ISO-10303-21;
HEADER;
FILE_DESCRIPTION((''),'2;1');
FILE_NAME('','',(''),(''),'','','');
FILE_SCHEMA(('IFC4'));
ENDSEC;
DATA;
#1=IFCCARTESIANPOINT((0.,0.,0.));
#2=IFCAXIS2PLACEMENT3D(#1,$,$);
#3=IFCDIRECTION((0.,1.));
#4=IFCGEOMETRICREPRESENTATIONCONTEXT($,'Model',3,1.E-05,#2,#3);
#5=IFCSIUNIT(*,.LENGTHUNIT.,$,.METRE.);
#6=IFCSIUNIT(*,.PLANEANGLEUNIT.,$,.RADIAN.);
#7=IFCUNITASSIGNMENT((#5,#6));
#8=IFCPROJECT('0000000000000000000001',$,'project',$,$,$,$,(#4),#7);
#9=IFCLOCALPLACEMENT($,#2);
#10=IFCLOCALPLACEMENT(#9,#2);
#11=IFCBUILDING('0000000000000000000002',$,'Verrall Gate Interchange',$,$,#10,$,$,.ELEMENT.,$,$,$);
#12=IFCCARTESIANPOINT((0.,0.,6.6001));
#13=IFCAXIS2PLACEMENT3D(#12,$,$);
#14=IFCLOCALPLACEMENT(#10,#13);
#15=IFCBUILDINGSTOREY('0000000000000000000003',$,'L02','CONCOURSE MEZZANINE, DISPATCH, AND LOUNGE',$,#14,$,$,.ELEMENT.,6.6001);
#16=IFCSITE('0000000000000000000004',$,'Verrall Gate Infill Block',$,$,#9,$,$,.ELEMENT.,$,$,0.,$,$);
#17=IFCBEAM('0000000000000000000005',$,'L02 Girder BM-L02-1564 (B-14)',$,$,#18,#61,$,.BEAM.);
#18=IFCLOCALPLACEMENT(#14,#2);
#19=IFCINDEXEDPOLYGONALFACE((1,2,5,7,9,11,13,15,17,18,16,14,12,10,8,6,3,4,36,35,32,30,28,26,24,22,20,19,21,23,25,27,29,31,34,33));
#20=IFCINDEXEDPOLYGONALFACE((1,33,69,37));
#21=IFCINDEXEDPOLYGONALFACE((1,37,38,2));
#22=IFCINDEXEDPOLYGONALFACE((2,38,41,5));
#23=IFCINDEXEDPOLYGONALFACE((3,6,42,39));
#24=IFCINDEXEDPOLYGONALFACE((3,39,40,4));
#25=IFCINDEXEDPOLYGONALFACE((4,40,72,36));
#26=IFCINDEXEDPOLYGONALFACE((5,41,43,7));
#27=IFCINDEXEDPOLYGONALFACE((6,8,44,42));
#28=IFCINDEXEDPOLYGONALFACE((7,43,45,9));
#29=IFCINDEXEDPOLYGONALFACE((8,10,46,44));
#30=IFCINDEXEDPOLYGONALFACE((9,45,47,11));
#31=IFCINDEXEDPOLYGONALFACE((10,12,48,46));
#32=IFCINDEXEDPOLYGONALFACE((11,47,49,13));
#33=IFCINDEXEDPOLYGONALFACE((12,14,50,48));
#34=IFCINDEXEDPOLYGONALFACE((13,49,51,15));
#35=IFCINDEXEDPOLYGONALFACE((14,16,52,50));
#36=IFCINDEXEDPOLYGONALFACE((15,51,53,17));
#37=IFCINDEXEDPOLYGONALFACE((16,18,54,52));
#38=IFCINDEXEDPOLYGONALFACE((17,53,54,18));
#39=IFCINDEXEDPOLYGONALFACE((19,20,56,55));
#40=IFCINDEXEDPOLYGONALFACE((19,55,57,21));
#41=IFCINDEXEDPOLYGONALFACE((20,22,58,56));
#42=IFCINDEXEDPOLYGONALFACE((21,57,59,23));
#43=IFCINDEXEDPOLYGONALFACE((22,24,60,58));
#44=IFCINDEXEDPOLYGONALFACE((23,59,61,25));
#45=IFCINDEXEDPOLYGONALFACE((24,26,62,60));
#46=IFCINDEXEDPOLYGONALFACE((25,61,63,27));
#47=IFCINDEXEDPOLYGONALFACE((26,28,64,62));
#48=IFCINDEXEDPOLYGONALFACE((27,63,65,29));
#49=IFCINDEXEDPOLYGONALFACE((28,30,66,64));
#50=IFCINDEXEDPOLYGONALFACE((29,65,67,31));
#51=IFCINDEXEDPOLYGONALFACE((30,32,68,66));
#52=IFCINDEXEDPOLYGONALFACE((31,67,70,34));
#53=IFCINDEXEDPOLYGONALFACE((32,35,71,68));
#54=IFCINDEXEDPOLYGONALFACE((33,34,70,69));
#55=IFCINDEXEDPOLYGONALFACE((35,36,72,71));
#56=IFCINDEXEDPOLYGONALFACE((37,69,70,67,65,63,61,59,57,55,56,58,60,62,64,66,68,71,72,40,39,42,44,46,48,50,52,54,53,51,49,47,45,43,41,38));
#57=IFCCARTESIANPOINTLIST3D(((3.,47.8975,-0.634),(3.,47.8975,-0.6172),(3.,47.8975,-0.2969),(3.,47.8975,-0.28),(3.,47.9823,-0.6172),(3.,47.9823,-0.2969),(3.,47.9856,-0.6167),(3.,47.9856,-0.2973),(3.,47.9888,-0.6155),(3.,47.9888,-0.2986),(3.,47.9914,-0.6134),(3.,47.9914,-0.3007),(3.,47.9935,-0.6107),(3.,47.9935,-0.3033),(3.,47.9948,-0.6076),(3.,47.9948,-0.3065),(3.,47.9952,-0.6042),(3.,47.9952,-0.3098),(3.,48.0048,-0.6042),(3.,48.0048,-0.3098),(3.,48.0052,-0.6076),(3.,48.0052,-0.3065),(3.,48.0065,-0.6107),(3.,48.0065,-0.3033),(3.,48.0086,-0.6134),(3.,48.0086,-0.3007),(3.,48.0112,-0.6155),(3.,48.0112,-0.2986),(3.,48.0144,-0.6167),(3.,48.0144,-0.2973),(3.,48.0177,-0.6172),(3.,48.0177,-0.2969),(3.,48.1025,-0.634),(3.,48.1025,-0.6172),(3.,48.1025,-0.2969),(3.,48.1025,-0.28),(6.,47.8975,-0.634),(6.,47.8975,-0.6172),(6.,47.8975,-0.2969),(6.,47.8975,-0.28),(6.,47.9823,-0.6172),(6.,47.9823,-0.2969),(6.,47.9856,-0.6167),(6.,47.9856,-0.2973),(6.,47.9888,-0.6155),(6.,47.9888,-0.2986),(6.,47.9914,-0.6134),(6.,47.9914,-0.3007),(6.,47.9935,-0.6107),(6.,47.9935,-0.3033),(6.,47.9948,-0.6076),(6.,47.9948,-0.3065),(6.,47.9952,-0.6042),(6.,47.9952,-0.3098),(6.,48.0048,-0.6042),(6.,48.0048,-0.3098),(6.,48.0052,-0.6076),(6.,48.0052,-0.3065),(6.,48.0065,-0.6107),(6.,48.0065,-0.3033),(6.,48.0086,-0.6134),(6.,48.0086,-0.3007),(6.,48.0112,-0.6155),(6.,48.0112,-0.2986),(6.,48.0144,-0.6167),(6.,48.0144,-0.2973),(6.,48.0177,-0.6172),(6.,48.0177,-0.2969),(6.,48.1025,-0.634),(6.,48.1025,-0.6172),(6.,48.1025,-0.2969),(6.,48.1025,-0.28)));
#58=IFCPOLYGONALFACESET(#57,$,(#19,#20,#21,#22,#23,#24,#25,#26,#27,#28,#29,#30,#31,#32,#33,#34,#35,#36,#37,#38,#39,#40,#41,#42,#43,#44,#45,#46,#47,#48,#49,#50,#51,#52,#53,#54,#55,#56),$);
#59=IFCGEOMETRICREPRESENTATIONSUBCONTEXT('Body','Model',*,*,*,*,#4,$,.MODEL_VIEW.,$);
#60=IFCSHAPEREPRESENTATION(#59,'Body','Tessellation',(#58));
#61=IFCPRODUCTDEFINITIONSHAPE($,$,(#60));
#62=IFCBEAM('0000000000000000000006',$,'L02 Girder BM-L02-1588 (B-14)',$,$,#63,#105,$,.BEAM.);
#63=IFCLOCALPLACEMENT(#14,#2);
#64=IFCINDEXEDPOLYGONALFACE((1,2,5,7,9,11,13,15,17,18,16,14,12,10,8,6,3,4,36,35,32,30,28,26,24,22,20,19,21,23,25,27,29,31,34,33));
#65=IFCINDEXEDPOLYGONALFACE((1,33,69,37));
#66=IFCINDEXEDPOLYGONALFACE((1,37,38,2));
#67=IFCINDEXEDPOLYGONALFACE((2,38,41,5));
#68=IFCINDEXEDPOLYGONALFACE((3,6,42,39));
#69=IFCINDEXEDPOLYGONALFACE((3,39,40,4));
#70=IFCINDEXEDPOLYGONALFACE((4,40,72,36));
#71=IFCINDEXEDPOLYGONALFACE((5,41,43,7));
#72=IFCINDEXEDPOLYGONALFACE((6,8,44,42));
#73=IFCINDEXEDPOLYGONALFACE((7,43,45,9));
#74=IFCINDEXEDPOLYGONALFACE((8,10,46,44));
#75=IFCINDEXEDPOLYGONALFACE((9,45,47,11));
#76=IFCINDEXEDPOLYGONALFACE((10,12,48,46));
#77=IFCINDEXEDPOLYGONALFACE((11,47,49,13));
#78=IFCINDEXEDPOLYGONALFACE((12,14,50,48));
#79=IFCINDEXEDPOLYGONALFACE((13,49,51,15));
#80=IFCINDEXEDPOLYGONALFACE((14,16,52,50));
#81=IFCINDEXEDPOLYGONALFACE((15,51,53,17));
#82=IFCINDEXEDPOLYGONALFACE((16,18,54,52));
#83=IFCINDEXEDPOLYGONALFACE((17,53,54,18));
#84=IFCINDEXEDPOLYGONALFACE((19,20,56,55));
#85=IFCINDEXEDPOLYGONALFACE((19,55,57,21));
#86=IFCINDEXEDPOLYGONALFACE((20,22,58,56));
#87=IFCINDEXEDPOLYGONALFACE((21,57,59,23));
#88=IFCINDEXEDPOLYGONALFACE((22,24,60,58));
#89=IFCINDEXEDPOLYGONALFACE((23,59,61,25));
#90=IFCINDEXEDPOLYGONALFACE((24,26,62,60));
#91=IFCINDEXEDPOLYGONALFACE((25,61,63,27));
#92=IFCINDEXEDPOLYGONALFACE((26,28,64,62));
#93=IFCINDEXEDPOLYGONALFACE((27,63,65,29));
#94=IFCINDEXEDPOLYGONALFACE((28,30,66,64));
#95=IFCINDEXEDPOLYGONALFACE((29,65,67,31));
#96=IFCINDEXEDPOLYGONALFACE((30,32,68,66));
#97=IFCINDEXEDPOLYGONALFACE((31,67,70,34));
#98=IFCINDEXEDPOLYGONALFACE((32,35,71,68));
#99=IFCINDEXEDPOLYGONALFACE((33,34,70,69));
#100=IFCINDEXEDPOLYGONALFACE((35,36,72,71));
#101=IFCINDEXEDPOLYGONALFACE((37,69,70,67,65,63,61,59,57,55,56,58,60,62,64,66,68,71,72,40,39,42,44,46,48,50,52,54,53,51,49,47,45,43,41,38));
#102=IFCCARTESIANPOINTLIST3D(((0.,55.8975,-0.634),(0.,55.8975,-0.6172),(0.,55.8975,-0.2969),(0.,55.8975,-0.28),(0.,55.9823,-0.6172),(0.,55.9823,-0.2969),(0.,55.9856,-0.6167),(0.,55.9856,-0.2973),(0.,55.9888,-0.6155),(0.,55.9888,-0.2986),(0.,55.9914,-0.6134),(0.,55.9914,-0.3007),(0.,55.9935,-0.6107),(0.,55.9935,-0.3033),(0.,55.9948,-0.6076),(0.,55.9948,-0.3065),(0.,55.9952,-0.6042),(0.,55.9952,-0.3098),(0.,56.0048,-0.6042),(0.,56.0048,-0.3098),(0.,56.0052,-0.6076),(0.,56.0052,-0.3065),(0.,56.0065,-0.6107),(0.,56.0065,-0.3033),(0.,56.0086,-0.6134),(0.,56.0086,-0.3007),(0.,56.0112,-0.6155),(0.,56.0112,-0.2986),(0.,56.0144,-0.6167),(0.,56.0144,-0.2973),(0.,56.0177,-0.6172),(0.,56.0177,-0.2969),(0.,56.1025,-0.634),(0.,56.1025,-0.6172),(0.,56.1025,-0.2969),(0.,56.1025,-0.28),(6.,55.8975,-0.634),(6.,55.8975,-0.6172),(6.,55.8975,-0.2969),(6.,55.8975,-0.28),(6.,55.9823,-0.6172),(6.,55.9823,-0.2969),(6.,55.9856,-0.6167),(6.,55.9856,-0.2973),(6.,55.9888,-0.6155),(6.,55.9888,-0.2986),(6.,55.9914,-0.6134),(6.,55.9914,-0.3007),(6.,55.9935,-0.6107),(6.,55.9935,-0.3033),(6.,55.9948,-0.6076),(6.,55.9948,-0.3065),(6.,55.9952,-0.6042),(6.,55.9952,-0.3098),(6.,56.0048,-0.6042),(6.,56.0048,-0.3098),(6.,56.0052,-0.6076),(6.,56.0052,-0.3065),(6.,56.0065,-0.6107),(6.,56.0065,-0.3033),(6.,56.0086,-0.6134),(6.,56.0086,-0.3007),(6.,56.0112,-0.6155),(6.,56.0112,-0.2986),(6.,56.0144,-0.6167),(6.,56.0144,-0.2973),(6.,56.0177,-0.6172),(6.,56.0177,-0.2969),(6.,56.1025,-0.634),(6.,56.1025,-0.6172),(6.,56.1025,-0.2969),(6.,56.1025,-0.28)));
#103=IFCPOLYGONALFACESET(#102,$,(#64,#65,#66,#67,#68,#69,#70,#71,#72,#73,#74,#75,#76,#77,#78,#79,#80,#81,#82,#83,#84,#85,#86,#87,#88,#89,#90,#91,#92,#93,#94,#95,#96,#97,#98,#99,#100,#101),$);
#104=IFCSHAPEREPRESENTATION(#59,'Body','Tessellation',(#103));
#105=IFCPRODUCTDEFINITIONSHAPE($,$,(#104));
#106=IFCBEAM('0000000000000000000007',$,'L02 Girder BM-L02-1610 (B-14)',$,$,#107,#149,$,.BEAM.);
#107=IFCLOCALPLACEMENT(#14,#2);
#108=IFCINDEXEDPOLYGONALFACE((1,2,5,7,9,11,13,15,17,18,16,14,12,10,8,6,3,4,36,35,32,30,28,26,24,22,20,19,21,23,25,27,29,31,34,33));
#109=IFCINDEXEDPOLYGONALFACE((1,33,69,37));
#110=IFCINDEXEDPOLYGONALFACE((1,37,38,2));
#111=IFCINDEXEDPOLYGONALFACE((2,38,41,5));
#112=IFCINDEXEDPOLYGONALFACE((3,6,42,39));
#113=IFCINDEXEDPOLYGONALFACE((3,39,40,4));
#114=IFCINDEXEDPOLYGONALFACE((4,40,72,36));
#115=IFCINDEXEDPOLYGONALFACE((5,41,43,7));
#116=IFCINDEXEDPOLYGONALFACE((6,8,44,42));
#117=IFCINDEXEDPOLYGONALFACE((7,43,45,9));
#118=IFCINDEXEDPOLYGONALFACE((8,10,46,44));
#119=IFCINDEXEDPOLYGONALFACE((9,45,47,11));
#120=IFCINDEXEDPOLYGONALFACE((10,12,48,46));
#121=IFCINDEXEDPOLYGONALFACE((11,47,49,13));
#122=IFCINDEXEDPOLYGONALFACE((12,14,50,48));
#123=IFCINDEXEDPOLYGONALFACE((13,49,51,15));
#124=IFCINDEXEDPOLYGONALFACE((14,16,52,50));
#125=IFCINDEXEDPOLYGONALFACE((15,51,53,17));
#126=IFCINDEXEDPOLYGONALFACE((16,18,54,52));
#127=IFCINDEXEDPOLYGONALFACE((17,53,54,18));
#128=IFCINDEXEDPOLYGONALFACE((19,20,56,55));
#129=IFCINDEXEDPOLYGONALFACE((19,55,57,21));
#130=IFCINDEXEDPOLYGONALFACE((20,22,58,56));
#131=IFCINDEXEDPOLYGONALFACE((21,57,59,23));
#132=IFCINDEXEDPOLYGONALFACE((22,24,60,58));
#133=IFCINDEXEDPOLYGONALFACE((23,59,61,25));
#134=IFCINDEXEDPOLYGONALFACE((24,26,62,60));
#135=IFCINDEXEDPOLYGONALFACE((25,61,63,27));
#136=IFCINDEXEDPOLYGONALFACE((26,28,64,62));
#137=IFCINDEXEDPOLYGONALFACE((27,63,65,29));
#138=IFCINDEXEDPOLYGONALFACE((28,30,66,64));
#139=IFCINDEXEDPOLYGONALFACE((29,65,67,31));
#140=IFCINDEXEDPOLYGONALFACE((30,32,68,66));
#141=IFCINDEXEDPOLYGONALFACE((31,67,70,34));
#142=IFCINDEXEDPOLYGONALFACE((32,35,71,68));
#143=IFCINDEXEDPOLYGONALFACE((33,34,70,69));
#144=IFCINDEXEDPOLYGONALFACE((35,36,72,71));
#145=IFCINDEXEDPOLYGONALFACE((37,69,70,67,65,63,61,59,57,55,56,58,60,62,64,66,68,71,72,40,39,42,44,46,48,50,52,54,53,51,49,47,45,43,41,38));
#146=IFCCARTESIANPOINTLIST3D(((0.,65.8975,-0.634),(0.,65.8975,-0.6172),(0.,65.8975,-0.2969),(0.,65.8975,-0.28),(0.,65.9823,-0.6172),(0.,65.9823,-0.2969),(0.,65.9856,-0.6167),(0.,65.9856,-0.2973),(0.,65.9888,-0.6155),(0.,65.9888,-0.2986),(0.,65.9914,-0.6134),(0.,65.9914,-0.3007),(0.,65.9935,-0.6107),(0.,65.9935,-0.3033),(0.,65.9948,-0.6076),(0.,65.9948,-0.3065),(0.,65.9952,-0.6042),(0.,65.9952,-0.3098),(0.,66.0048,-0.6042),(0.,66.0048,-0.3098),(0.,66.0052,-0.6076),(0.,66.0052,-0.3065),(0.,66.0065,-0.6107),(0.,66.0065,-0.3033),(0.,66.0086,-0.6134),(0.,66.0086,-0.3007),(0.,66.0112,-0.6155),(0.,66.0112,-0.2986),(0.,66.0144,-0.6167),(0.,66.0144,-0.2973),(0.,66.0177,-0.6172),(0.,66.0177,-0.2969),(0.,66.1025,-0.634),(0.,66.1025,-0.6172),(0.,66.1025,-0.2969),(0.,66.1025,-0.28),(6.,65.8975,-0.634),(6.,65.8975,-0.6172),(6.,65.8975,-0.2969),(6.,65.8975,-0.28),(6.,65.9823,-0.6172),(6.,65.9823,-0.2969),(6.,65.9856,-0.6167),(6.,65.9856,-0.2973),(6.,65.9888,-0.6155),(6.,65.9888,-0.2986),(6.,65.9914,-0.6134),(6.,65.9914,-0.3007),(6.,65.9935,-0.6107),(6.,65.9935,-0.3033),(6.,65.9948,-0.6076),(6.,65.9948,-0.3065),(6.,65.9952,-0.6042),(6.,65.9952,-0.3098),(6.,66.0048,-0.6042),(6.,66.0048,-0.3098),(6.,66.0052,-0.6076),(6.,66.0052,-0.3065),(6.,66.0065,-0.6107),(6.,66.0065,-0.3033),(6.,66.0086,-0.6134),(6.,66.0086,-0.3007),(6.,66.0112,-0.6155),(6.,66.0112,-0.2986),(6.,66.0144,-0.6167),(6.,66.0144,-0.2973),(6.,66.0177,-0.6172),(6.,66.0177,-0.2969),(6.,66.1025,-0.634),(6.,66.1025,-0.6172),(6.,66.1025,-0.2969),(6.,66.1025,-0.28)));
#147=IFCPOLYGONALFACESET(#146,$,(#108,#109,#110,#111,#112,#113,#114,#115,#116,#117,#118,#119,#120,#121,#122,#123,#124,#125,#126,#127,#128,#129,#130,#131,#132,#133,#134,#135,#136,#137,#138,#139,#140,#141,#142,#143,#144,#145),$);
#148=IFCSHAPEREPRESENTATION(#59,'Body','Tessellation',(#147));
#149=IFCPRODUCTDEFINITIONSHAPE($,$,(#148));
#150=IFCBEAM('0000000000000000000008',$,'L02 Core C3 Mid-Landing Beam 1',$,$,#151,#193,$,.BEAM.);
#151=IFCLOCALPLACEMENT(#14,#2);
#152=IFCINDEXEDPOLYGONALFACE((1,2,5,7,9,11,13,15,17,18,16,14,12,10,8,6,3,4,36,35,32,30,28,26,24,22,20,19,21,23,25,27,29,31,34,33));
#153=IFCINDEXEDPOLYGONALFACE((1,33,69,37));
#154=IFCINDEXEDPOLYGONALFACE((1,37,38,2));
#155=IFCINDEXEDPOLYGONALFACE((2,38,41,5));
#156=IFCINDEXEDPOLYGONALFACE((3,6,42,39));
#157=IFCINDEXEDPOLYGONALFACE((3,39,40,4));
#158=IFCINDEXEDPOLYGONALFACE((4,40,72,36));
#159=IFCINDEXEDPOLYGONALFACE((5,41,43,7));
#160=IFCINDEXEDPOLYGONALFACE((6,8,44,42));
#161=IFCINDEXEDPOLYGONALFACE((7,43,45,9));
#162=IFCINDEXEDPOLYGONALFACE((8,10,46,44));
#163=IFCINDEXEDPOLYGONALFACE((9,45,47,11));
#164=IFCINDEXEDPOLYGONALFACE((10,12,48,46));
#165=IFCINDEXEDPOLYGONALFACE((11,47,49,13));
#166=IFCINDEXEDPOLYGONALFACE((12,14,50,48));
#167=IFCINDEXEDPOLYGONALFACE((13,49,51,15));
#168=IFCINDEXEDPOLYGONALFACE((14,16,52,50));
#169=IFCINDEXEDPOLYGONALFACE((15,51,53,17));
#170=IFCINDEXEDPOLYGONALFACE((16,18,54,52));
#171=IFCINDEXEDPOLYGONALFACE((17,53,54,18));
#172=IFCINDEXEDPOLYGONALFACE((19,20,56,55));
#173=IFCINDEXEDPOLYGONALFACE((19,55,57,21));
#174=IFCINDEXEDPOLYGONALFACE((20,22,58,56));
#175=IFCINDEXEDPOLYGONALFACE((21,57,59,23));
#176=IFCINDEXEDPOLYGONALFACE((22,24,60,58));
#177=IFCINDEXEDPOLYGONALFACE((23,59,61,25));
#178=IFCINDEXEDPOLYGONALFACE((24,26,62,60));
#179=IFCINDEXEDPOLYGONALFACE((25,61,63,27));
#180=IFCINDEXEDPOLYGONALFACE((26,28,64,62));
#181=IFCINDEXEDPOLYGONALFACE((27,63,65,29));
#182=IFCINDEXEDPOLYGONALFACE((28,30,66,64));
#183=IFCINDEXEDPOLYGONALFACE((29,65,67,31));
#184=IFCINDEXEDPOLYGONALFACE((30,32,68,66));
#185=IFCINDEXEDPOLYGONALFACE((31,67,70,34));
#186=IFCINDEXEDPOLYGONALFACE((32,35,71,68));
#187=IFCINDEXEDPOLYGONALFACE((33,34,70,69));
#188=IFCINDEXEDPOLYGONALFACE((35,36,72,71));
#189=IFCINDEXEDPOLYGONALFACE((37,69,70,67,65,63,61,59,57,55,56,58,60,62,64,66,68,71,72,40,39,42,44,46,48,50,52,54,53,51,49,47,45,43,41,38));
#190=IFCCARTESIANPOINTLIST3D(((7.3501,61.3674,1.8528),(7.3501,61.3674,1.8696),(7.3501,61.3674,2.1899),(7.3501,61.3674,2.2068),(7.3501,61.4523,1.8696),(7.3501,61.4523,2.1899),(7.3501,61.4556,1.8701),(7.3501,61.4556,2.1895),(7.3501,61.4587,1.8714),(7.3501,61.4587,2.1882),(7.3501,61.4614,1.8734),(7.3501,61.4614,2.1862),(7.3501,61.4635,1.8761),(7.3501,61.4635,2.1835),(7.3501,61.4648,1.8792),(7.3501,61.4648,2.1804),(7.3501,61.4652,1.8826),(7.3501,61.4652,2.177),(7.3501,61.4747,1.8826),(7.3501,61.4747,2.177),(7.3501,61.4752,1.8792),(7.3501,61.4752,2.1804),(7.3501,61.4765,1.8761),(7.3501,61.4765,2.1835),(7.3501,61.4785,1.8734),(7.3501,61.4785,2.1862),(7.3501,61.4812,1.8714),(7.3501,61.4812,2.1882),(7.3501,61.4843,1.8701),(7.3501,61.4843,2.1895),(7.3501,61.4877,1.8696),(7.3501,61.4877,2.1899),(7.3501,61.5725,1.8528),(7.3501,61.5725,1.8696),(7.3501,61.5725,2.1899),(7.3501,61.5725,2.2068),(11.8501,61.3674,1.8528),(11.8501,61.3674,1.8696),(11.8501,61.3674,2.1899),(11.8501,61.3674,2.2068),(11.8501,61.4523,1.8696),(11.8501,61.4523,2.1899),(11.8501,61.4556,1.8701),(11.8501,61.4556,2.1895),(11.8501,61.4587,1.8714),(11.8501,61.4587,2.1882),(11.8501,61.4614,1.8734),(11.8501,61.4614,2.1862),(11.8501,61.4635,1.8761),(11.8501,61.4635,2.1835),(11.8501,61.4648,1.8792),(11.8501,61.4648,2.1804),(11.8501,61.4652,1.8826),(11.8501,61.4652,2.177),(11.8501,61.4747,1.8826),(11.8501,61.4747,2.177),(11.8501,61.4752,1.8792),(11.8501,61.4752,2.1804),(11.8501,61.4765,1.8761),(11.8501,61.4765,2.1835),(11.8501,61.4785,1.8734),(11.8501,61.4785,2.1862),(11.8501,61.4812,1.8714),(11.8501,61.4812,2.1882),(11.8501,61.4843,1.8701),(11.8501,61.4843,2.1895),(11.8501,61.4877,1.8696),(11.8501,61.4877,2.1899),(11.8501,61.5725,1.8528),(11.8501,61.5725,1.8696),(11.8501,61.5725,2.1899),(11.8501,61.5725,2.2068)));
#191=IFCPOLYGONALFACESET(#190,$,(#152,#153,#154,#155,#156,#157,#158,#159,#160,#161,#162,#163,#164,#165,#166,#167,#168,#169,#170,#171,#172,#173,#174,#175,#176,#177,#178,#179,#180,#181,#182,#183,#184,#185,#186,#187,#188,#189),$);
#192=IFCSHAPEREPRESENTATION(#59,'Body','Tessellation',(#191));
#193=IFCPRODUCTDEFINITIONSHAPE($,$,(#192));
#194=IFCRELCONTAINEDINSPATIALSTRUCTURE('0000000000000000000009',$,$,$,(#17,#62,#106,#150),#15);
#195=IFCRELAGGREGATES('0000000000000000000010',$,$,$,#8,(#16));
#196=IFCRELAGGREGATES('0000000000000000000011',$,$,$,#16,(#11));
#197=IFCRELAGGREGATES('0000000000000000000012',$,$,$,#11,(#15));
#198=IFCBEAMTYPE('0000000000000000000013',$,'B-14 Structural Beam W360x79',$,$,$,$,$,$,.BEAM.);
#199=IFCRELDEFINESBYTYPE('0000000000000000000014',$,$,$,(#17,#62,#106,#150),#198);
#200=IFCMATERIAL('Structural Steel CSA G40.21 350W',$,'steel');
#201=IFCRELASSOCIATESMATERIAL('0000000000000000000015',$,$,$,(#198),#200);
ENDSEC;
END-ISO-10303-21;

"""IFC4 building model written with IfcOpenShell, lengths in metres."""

from ifc_helpers import new_model, si_unit, direction, frame, origin, origin_2d, place, context, subcontext, project, spatial, i_section, extrude, material, material_profile, profile_set, type_object, element, save


model = new_model("IFC4")

# Units and contexts
model_context = context("Model", 3, precision=1e-05, world=origin(), true_north=direction((0.0, 1.0)))
body_context = subcontext(model_context, "Body", "Model", "MODEL_VIEW")
ifc_project = project(units=[si_unit("LENGTHUNIT", "METRE"), si_unit("PLANEANGLEUNIT", "RADIAN")], contexts=[model_context])

# Site, building, storey
site_placement = place(None, origin())
site = spatial("IfcSite", under=ifc_project, at=site_placement, Name="Verrall Gate Infill Block", CompositionType="ELEMENT", RefElevation=0.0)
building_placement = place(site_placement, origin())
building = spatial("IfcBuilding", under=site, at=building_placement, Name="Verrall Gate Interchange", CompositionType="ELEMENT")
storey_placement = place(building_placement, frame((0.0, 0.0, 6.6001)))
storey = spatial("IfcBuildingStorey", under=building, at=storey_placement, Name="L02", Description="CONCOURSE MEZZANINE, DISPATCH, AND LOUNGE", CompositionType="ELEMENT", Elevation=6.6001)

# Beams
ifc_material_1 = material(Name="Structural Steel CSA G40.21 350W", Category="steel")
ifc_material_profile_1 = material_profile(ifc_material_1, i_section(OverallWidth=0.2051, OverallDepth=0.354, WebThickness=0.0095, FlangeThickness=0.0168, FilletRadius=0.0129, at=origin_2d()), Name="W360x79")
ifc_profile_set_1 = profile_set([ifc_material_profile_1], Name="Structural Steel CSA G40.21 350W")
beam_type_1 = type_object("IfcBeamType", Name="B-14 Structural Beam W360x79", PredefinedType="BEAM", material=ifc_profile_set_1)
beam_1_placement = place(storey_placement, frame((3.0, 48.0, -0.457), z_axis=(1.0, 0.0, 0.0), x_axis=(0.0, 1.0, 0.0)))
element("IfcBeam", 1, at=beam_1_placement, inside=storey, type_object=beam_type_1, Name="L02 Girder BM-L02-1564 (B-14)", PredefinedType="BEAM", context=body_context, shape_type="SweptSolid", body=[
    extrude(i_section(OverallWidth=0.2051, OverallDepth=0.354, WebThickness=0.0095, FlangeThickness=0.0168, FilletRadius=0.0129, at=origin_2d()), origin(), (0.0, 0.0, 1.0), 3.0),
])
for number, where, z_axis, x_axis, name in (
    (2, (0.0, 56.0, -0.457), (1.0, 0.0, 0.0), (0.0, 1.0, 0.0), "L02 Girder BM-L02-1588 (B-14)"),
    (3, (0.0, 66.0, -0.457), (1.0, 0.0, 0.0), (0.0, 1.0, 0.0), "L02 Girder BM-L02-1610 (B-14)"),
):
    element("IfcBeam", number, at=place(storey_placement, frame(where, z_axis=z_axis, x_axis=x_axis)), inside=storey, type_object=beam_type_1, Name=name, PredefinedType="BEAM", context=body_context, shape_type="SweptSolid", body=[
        extrude(i_section(OverallWidth=0.2051, OverallDepth=0.354, WebThickness=0.0095, FlangeThickness=0.0168, FilletRadius=0.0129, at=origin_2d()), origin(), (0.0, 0.0, 1.0), 6.0),
    ])
for number, where, z_axis, x_axis, name in (
    (4, (7.3501, 61.47, 2.0298), (1.0, 0.0, 0.0), (0.0, 1.0, 0.0), "L02 Core C3 Mid-Landing Beam 1"),
):
    element("IfcBeam", number, at=place(storey_placement, frame(where, z_axis=z_axis, x_axis=x_axis)), inside=storey, type_object=beam_type_1, Name=name, PredefinedType="BEAM", context=body_context, shape_type="SweptSolid", body=[
        extrude(i_section(OverallWidth=0.2051, OverallDepth=0.354, WebThickness=0.0095, FlangeThickness=0.0168, FilletRadius=0.0129, at=origin_2d()), origin(), (0.0, 0.0, 1.0), 4.5),
    ])

save(model, "model.ifc")
